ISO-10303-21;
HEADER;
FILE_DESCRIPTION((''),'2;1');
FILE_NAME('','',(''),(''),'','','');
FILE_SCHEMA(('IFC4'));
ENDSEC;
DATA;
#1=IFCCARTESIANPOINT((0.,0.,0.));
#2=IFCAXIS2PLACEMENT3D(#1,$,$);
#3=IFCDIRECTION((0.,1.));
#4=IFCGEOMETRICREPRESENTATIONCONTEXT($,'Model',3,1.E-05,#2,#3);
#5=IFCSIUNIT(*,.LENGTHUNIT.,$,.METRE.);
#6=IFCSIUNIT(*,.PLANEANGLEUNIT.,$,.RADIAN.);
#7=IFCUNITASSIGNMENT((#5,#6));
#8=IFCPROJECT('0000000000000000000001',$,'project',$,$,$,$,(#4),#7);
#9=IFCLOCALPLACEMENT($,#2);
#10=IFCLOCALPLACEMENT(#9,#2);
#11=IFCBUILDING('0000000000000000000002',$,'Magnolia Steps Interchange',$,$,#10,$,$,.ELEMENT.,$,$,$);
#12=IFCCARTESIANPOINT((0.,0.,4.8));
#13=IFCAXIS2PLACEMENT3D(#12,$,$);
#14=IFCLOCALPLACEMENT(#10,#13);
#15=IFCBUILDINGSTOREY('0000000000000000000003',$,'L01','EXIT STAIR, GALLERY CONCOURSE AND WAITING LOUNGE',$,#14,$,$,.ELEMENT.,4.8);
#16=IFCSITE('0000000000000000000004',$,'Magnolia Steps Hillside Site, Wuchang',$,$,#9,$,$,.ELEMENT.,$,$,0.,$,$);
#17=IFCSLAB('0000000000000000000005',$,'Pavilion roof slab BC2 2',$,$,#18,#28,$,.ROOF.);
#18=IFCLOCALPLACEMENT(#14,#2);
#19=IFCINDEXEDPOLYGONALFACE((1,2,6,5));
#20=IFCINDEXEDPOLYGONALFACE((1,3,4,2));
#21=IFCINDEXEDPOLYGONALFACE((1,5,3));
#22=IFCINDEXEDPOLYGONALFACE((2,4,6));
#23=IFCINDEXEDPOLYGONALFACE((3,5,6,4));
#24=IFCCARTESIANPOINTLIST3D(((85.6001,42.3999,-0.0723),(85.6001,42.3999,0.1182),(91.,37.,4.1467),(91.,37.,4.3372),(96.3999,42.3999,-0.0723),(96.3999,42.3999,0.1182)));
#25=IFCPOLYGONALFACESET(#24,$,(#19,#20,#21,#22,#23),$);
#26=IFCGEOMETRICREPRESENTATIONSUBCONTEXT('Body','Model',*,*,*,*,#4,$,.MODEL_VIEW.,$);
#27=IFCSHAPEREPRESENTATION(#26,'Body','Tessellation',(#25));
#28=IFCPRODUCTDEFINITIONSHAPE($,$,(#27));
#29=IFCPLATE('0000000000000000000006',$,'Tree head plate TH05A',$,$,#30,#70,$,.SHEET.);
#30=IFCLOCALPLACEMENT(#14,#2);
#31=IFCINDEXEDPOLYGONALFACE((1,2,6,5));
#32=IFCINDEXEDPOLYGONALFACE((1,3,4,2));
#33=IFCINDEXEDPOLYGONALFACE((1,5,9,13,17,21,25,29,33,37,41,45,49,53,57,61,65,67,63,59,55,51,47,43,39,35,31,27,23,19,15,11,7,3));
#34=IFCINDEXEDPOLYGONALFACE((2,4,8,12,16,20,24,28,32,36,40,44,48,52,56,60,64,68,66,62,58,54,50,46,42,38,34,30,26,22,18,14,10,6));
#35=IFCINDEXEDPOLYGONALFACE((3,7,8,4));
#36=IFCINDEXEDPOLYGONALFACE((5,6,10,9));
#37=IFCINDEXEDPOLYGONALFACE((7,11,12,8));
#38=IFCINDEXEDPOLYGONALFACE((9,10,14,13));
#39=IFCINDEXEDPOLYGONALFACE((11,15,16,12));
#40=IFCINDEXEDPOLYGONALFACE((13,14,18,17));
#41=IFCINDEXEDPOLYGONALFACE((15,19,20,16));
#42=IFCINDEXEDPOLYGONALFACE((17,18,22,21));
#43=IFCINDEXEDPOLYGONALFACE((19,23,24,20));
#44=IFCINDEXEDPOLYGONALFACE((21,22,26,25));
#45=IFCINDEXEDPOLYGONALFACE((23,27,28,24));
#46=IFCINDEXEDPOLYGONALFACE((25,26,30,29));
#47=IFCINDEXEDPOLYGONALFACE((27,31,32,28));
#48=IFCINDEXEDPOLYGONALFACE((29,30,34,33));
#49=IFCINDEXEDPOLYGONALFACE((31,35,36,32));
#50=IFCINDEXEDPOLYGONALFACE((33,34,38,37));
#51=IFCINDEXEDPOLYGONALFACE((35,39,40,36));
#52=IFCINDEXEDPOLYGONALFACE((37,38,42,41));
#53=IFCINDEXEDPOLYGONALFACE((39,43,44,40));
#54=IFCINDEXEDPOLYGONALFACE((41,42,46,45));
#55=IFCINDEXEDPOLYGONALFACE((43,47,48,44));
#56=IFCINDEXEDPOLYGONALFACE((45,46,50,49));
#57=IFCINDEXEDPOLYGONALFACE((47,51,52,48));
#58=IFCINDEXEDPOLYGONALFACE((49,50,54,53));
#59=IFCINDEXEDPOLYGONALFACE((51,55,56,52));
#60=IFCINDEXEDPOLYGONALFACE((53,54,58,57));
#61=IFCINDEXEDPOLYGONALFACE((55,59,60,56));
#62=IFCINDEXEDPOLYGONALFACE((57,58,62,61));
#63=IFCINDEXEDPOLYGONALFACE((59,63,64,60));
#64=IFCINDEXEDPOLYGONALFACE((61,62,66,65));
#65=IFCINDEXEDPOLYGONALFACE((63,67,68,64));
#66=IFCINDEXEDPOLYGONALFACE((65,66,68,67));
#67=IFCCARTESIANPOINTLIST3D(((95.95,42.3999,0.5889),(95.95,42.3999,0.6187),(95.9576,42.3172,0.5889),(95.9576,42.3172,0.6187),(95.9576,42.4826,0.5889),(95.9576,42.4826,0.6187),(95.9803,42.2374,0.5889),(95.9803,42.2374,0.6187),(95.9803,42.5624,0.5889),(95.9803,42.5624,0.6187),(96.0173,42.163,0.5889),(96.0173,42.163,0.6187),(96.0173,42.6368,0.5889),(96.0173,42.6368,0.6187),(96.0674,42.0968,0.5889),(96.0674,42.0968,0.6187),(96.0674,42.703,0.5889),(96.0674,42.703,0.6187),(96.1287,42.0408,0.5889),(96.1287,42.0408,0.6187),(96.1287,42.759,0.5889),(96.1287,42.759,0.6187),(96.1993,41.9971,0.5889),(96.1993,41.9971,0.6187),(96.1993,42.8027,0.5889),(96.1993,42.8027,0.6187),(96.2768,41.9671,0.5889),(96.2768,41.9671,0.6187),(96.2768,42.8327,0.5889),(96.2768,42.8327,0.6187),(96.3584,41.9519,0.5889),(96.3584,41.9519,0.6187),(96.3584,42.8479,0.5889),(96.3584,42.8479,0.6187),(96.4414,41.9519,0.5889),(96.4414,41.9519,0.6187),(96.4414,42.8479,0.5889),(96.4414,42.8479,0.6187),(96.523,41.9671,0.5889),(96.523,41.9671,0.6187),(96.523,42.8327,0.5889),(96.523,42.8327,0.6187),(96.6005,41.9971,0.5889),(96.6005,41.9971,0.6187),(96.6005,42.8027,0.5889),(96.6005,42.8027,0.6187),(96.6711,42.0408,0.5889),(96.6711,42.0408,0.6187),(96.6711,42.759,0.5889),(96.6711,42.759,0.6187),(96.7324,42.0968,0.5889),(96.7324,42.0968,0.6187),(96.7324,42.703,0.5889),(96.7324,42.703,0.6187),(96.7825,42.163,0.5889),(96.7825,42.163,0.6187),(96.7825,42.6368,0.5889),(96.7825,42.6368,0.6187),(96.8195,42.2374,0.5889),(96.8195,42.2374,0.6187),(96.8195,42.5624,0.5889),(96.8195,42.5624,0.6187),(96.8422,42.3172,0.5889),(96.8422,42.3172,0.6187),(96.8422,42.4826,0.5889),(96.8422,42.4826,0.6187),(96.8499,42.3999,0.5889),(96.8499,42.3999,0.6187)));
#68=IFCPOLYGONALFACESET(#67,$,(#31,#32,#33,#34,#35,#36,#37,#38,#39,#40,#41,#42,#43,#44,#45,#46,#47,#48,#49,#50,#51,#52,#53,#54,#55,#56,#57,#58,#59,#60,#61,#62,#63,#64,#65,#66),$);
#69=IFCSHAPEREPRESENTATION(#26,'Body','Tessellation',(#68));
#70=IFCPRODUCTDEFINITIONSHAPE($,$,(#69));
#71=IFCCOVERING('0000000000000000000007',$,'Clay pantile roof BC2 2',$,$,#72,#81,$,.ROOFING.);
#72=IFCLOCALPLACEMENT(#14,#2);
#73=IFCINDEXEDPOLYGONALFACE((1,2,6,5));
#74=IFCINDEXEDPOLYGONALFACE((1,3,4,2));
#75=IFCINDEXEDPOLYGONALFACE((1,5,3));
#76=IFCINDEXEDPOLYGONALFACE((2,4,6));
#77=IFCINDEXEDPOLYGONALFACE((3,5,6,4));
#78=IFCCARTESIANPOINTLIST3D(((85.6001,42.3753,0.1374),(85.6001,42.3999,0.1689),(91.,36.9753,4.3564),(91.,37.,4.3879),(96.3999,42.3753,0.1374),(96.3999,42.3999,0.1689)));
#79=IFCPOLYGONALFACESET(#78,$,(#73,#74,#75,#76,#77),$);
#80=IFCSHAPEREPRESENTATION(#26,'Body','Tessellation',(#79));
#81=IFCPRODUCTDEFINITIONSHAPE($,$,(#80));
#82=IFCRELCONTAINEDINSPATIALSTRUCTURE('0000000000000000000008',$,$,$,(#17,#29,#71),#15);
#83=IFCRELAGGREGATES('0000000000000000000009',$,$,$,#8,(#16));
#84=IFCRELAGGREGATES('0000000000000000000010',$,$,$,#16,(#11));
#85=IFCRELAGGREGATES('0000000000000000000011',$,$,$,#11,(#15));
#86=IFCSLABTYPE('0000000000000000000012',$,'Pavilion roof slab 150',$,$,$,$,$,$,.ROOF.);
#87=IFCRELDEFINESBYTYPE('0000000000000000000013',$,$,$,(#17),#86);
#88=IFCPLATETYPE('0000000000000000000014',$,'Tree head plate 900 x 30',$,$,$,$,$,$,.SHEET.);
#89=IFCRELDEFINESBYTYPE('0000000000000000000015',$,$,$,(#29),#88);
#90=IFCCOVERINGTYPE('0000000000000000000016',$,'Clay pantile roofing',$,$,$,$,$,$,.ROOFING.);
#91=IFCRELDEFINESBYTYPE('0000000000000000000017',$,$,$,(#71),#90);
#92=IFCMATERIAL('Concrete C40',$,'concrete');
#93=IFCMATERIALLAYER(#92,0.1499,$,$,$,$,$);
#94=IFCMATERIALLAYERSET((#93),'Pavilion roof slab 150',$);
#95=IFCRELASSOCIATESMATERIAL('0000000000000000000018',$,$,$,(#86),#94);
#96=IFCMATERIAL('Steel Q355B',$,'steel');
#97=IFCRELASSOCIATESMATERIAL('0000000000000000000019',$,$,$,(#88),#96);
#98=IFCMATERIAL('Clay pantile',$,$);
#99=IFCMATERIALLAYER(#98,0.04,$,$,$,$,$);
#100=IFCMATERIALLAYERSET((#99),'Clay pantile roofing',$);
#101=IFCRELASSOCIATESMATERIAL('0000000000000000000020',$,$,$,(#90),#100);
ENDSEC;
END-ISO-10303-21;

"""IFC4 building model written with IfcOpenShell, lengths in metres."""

from ifc_helpers import new_model, si_unit, direction, frame, origin, origin_2d, place, context, subcontext, project, spatial, polyline, circle, outline, extrude, material, layer, layer_set, material_profile, profile_set, type_object, element, save


model = new_model("IFC4")

# Units and contexts
model_context = context("Model", 3, precision=1e-05, world=origin(), true_north=direction((0.0, 1.0)))
body_context = subcontext(model_context, "Body", "Model", "MODEL_VIEW")
ifc_project = project(units=[si_unit("LENGTHUNIT", "METRE"), si_unit("PLANEANGLEUNIT", "RADIAN")], contexts=[model_context])

# Site, building, storey
site_placement = place(None, origin())
site = spatial("IfcSite", under=ifc_project, at=site_placement, Name="Magnolia Steps Hillside Site, Wuchang", CompositionType="ELEMENT", RefElevation=0.0)
building_placement = place(site_placement, origin())
building = spatial("IfcBuilding", under=site, at=building_placement, Name="Magnolia Steps Interchange", CompositionType="ELEMENT")
storey_placement = place(building_placement, frame((0.0, 0.0, 4.8)))
storey = spatial("IfcBuildingStorey", under=building, at=storey_placement, Name="L01", Description="EXIT STAIR, GALLERY CONCOURSE AND WAITING LOUNGE", CompositionType="ELEMENT", Elevation=4.8)

# Slab
ifc_material_1 = material(Name="Concrete C40", Category="concrete")
ifc_layer_1 = layer(ifc_material_1, 0.1499)
ifc_layer_set_1 = layer_set([ifc_layer_1], Name="Pavilion roof slab 150")
slab_type = type_object("IfcSlabType", Name="Pavilion roof slab 150", PredefinedType="ROOF", material=ifc_layer_set_1)
slab_placement = place(storey_placement, frame((96.3999, 42.3999, 0.1182), z_axis=(0.0, 0.615673, 0.788002), x_axis=(-1.0, 0.0, 0.0)))
element("IfcSlab", 1, at=slab_placement, inside=storey, type_object=slab_type, Name="Pavilion roof slab BC2 2", PredefinedType="ROOF", context=body_context, shape_type="SweptSolid", body=[
    extrude(outline(polyline([(0.0, 0.0), (10.7998, 0.0), (5.3999, 6.8527), (0.0, 0.0)])), origin(), (0.0, -0.615673, -0.788002), 0.1904),
])

# Plate
ifc_material_2 = material(Name="Steel Q355B", Category="steel")
ifc_material_profile_1 = material_profile(ifc_material_2, circle(Radius=0.45, at=origin_2d()), Name="Tree head plate 900 x 30")
ifc_profile_set_1 = profile_set([ifc_material_profile_1], Name="Steel Q355B")
plate_type_1 = type_object("IfcPlateType", Name="Tree head plate 900 x 30", PredefinedType="SHEET", material=ifc_profile_set_1)
plate_1_placement = place(storey_placement, frame((96.3999, 42.3999, 0.5889), z_axis=(0.0, 0.0, 1.0), x_axis=(1.0, 0.0, 0.0)))
element("IfcPlate", 2, at=plate_1_placement, inside=storey, type_object=plate_type_1, Name="Tree head plate TH05A", PredefinedType="SHEET", context=body_context, shape_type="SweptSolid", body=[
    extrude(circle(Radius=0.45, at=origin_2d()), origin(), (0.0, 0.0, 1.0), 0.0298),
])

# Covering
ifc_material_3 = material(Name="Clay pantile")
ifc_layer_2 = layer(ifc_material_3, 0.04)
ifc_layer_set_2 = layer_set([ifc_layer_2], Name="Clay pantile roofing")
covering_type = type_object("IfcCoveringType", Name="Clay pantile roofing", PredefinedType="ROOFING", material=ifc_layer_set_2)
covering_1_placement = place(storey_placement, frame((96.3999, 42.3999, 0.1689), z_axis=(0.0, 0.615673, 0.788002), x_axis=(-1.0, 0.0, 0.0)))
element("IfcCovering", 3, at=covering_1_placement, inside=storey, type_object=covering_type, Name="Clay pantile roof BC2 2", PredefinedType="ROOFING", context=body_context, shape_type="SweptSolid", body=[
    extrude(outline(polyline([(0.0, 0.0), (10.7998, 0.0), (5.3999, 6.8527), (0.0, 0.0)])), origin(), (0.0, 0.0, -1.0), 0.04),
])

save(model, "model.ifc")
